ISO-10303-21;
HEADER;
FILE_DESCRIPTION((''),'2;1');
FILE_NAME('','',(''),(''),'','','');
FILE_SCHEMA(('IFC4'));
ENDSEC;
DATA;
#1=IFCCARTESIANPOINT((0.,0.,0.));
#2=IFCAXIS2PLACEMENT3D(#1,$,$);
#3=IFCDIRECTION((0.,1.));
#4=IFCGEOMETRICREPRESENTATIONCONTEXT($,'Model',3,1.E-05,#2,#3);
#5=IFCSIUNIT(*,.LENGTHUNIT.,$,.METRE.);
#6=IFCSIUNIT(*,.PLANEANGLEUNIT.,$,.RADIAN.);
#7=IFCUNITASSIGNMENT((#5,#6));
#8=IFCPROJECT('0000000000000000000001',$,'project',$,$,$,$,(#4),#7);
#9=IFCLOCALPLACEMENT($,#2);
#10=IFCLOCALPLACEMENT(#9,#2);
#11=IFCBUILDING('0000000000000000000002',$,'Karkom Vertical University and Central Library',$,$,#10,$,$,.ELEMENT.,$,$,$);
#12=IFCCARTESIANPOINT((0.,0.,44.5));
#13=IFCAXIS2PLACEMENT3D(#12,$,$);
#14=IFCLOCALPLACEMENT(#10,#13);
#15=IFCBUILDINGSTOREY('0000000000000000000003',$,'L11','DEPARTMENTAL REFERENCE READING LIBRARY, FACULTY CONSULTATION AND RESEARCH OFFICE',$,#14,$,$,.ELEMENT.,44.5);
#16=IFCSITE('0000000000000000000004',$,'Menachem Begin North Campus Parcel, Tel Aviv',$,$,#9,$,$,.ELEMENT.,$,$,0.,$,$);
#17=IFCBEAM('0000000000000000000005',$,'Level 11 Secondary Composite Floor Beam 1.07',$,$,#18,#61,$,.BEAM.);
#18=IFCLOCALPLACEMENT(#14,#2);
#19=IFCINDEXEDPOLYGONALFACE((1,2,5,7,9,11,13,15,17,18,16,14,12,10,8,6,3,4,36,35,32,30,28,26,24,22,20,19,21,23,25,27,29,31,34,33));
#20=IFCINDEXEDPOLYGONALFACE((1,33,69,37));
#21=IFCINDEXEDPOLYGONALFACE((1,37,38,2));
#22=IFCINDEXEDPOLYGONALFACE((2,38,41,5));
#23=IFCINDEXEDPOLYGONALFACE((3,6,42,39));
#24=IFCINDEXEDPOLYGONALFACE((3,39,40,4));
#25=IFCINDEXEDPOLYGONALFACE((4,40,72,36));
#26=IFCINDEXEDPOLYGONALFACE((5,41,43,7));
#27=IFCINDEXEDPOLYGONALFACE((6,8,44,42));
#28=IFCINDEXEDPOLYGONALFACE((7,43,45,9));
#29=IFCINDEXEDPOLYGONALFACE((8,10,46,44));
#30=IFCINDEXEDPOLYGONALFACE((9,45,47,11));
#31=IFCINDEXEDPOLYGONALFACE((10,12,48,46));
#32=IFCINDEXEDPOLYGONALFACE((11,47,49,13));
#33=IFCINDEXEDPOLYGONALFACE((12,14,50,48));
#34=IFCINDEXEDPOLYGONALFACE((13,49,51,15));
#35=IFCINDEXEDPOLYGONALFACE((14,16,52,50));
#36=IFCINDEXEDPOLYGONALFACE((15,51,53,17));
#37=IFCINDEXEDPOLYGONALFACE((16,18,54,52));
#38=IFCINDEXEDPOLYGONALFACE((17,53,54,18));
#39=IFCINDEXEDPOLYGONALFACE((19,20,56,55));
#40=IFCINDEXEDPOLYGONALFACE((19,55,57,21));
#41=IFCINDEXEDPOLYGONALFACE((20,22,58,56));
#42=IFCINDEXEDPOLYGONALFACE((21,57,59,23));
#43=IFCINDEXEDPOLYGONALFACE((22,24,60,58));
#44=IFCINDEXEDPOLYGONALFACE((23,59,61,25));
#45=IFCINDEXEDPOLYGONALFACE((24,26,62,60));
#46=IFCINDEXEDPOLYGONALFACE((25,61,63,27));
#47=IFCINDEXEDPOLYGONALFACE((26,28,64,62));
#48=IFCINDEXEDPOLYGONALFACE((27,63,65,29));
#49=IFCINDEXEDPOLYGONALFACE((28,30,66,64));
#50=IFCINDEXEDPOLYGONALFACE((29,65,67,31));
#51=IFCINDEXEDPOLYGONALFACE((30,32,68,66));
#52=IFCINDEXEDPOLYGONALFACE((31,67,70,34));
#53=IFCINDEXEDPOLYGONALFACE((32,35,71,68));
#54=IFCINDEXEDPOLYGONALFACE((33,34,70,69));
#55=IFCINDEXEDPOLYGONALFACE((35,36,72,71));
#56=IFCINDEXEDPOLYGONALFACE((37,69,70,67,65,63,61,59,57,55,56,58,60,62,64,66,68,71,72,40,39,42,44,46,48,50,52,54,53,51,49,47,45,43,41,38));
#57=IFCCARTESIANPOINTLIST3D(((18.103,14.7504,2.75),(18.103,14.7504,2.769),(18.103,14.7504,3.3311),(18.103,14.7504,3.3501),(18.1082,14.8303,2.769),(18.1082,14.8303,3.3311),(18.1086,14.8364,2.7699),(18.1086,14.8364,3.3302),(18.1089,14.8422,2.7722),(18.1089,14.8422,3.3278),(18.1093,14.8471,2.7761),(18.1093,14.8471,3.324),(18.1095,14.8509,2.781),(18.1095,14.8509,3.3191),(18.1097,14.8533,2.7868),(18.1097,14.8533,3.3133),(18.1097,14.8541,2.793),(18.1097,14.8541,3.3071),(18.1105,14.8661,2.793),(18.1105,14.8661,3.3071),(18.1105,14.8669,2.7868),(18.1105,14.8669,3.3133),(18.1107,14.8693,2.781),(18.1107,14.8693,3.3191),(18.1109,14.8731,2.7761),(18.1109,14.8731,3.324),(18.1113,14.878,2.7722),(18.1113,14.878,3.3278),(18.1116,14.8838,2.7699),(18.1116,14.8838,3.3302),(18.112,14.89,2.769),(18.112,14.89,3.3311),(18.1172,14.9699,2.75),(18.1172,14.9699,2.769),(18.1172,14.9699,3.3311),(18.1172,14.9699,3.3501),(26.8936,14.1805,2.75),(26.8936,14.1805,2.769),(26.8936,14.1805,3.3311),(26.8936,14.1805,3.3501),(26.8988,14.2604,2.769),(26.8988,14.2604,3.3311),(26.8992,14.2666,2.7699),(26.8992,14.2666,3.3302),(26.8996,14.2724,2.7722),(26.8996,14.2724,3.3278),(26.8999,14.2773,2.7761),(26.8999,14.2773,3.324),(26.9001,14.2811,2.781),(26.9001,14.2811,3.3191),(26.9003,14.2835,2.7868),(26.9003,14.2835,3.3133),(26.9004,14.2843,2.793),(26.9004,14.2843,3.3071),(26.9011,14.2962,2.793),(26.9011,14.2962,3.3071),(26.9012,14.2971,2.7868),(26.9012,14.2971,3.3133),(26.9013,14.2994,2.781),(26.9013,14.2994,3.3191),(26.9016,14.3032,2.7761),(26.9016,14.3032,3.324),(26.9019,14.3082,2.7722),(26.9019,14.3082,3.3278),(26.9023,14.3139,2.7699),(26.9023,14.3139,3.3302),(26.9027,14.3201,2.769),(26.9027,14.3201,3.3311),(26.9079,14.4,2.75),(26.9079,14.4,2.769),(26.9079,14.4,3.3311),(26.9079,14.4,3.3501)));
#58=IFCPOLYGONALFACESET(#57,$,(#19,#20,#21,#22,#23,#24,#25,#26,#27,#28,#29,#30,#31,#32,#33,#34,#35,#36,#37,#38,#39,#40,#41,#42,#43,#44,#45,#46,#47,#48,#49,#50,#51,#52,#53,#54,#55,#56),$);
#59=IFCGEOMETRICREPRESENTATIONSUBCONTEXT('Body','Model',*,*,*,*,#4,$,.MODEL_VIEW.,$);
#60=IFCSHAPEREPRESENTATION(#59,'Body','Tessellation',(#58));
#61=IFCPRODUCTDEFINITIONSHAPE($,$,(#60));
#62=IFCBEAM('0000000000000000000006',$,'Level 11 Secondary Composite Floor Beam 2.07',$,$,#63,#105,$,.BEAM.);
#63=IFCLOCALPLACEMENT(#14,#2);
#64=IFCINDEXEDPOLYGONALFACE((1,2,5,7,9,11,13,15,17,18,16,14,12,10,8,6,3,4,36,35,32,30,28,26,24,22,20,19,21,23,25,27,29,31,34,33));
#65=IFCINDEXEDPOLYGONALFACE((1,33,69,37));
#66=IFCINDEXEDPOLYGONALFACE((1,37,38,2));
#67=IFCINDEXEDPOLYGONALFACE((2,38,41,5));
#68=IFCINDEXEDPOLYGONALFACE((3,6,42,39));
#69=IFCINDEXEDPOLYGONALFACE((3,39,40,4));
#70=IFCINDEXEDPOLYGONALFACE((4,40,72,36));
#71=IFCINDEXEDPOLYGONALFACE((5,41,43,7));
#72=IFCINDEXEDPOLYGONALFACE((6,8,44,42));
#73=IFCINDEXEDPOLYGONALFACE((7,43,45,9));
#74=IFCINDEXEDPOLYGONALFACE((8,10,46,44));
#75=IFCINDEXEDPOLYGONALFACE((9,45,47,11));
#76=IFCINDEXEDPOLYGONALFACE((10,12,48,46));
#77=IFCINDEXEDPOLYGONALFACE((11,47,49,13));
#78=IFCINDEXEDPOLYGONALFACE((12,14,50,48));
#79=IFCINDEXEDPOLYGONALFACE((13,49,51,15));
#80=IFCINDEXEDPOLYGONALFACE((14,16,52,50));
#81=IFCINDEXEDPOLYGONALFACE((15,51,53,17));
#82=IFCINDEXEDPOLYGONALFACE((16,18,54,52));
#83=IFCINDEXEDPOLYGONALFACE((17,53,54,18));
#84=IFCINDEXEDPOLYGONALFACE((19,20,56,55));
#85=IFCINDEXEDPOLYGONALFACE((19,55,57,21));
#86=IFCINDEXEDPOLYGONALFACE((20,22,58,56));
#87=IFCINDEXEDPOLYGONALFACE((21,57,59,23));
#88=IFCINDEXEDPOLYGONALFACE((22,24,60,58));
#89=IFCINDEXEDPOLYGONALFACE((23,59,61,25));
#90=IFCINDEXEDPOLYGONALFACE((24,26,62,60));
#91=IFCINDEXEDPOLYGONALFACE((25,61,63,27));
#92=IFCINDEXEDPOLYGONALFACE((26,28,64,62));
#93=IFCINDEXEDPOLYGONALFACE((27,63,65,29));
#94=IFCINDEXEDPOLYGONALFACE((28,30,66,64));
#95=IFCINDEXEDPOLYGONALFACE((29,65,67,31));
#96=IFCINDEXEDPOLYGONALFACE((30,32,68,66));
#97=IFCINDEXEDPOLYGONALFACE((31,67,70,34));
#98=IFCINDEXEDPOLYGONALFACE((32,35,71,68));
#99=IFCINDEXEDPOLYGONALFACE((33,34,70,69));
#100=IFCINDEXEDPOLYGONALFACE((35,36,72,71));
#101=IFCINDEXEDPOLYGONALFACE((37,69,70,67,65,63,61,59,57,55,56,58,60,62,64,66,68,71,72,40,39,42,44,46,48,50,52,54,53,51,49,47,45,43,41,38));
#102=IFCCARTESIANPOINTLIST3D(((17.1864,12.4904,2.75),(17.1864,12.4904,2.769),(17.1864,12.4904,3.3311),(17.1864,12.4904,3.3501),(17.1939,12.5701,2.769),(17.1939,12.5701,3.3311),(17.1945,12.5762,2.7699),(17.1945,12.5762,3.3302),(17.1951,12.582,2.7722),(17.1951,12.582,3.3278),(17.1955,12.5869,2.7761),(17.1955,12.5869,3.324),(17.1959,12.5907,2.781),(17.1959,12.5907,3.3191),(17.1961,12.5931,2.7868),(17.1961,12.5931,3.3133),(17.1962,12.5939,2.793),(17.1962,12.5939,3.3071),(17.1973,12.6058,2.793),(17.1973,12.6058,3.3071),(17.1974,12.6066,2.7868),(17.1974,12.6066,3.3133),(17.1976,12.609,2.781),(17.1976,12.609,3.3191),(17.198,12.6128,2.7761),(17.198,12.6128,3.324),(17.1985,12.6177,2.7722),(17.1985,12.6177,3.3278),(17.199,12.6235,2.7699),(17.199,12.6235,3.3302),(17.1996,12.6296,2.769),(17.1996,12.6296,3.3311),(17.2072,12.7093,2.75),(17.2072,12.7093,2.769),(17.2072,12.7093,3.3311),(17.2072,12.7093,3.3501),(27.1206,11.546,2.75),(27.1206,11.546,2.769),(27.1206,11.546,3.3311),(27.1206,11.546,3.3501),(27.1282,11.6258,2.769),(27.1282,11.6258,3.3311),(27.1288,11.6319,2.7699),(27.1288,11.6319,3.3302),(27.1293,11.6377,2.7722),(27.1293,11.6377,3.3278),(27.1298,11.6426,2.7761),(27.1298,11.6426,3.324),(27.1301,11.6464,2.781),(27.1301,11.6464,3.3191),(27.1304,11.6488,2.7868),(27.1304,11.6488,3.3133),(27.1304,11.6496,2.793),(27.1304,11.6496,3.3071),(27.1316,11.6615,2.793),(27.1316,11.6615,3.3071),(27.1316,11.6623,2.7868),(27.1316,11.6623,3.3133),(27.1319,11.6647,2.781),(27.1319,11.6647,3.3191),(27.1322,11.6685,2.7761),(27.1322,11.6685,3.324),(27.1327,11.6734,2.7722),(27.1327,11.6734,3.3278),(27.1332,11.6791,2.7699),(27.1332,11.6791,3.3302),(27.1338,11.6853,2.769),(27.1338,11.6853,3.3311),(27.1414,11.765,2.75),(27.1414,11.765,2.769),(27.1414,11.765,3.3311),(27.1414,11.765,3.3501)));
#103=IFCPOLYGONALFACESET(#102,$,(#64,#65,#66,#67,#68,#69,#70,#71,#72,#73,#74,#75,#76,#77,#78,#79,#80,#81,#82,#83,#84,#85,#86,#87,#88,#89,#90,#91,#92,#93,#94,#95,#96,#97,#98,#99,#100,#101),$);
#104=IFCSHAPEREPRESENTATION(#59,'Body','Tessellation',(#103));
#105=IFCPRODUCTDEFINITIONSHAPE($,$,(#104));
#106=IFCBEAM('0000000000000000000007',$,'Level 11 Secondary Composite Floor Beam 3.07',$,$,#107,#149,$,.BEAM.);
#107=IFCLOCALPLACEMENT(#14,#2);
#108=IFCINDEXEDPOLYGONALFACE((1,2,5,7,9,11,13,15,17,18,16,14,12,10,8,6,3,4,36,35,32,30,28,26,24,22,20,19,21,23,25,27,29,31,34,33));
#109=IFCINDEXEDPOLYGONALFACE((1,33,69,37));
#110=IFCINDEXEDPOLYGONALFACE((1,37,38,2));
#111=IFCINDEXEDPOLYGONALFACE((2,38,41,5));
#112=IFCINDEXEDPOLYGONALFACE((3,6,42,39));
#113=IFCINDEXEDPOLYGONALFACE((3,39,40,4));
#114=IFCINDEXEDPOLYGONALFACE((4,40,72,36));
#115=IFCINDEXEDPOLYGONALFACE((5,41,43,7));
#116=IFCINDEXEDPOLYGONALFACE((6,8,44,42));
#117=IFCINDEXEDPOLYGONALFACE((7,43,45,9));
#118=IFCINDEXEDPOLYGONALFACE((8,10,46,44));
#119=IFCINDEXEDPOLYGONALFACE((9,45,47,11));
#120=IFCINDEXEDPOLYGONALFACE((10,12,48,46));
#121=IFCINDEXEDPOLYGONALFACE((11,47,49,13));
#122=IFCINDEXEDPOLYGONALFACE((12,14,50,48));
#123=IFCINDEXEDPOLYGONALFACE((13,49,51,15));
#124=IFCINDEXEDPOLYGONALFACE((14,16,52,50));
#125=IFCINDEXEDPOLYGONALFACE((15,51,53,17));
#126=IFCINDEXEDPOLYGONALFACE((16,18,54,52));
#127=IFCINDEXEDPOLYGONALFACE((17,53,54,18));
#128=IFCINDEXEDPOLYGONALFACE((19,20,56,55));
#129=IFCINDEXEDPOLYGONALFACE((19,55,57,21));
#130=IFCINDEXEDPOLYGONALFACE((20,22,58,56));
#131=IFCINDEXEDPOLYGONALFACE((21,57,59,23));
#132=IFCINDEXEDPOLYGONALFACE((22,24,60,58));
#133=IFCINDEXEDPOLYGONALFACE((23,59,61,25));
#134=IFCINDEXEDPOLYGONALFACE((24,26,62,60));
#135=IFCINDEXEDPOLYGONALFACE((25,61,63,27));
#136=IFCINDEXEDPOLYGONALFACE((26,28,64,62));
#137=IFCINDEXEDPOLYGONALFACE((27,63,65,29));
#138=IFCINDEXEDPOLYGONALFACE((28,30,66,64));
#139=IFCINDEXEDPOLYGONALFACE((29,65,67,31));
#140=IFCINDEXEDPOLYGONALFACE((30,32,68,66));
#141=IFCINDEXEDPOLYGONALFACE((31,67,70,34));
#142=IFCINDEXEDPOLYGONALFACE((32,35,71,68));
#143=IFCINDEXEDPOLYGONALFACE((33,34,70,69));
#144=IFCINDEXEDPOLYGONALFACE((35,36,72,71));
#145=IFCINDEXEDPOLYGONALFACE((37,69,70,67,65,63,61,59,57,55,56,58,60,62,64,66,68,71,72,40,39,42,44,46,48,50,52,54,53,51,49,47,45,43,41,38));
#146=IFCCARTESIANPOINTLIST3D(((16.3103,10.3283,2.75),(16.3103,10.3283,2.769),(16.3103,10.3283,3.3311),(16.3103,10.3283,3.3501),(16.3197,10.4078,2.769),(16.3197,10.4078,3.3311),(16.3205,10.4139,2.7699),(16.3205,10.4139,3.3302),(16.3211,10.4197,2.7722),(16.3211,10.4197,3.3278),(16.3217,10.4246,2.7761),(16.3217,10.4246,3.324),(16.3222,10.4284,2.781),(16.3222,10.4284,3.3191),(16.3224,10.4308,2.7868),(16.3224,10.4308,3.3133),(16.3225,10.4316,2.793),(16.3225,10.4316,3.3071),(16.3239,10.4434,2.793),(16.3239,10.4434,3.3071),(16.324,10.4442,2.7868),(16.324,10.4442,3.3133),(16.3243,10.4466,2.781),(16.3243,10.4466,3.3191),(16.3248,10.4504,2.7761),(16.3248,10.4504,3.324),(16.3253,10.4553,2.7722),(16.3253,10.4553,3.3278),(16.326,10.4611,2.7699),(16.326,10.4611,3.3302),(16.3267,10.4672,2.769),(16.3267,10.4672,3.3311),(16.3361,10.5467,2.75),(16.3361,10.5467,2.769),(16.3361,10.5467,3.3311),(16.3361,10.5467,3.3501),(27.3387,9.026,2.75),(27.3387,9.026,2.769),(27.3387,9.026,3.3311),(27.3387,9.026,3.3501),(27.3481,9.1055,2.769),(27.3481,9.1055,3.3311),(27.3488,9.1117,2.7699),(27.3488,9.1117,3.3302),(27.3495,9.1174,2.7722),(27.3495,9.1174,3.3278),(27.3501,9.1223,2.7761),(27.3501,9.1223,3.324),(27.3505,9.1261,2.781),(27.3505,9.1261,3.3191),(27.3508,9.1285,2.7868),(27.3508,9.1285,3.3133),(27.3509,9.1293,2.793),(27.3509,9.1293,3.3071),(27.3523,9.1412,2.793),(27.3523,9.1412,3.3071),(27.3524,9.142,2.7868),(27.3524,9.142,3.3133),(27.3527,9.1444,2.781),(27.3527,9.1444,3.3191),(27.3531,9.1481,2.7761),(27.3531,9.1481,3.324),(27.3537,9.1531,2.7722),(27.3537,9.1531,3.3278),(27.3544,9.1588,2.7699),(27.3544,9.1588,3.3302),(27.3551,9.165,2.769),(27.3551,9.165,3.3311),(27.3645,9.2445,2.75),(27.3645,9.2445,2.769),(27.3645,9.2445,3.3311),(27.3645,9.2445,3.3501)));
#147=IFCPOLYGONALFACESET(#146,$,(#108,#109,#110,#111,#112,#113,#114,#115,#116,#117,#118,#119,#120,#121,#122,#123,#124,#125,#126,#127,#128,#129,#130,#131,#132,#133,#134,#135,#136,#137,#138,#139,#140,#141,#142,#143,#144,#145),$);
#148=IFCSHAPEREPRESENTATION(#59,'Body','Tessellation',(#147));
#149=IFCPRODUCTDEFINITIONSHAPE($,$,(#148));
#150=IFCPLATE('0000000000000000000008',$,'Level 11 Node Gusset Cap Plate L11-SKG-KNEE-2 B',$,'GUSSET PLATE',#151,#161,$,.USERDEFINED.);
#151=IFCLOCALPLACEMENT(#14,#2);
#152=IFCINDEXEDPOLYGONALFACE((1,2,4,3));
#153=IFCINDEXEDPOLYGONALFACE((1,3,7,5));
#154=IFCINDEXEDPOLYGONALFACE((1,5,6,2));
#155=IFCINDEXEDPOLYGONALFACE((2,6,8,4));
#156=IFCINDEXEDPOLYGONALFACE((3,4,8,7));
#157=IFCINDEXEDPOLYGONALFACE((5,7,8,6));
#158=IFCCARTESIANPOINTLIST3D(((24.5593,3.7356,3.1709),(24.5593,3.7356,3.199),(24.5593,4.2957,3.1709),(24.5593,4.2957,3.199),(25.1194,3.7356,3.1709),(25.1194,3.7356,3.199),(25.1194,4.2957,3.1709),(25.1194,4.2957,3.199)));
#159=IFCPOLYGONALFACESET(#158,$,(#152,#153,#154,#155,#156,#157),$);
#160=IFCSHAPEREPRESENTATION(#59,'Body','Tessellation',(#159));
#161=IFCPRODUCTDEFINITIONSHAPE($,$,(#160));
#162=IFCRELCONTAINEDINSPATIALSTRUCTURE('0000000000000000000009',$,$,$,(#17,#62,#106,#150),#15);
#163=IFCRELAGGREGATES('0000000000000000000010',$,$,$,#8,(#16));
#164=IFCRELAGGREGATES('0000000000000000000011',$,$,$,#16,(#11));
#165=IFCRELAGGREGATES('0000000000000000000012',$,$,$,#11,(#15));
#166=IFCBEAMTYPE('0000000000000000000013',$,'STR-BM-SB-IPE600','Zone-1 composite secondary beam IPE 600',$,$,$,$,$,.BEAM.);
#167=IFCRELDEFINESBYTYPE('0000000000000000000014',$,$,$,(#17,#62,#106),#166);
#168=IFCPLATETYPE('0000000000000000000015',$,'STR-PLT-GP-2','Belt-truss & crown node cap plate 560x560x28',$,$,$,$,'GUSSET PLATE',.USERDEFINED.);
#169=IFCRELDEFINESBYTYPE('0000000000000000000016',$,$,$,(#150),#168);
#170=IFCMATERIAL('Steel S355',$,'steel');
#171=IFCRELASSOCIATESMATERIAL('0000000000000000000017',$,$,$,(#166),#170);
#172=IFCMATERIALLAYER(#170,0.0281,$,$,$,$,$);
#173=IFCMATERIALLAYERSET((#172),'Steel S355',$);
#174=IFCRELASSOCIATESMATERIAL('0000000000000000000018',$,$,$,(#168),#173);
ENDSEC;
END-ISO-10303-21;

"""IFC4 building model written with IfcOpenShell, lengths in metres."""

from ifc_helpers import new_model, si_unit, direction, frame, origin, origin_with_axes, origin_2d, place, context, subcontext, project, spatial, rectangle, i_section, extrude, source, transform, mapped, material, layer, layer_set, material_profile, profile_set, type_object, element, save


model = new_model("IFC4")

# Units and contexts
model_context = context("Model", 3, precision=1e-05, world=origin(), true_north=direction((0.0, 1.0)))
body_context = subcontext(model_context, "Body", "Model", "MODEL_VIEW")
ifc_project = project(units=[si_unit("LENGTHUNIT", "METRE"), si_unit("PLANEANGLEUNIT", "RADIAN")], contexts=[model_context])

# Site, building, storey
site_placement = place(None, origin())
site = spatial("IfcSite", under=ifc_project, at=site_placement, Name="Menachem Begin North Campus Parcel, Tel Aviv", CompositionType="ELEMENT", RefElevation=0.0)
building_placement = place(site_placement, origin())
building = spatial("IfcBuilding", under=site, at=building_placement, Name="Karkom Vertical University and Central Library", CompositionType="ELEMENT")
storey_placement = place(building_placement, frame((0.0, 0.0, 44.5)))
storey = spatial("IfcBuildingStorey", under=building, at=storey_placement, Name="L11", Description="DEPARTMENTAL REFERENCE READING LIBRARY, FACULTY CONSULTATION AND RESEARCH OFFICE", CompositionType="ELEMENT", Elevation=44.5)

# Beams
ifc_material_1 = material(Name="Steel S355", Category="steel")
ifc_material_profile = material_profile(ifc_material_1, i_section(OverallWidth=0.22, OverallDepth=0.6001, WebThickness=0.012, FlangeThickness=0.019, FilletRadius=0.0239, at=origin_2d()), Name="IPE 600")
ifc_profile_set = profile_set([ifc_material_profile], Name="Steel S355")
beam_type = type_object("IfcBeamType", Name="STR-BM-SB-IPE600", Description="Zone-1 composite secondary beam IPE 600", PredefinedType="BEAM", material=ifc_profile_set)
shared_shape_1 = source(origin_with_axes(), body_context, "Body", "SweptSolid", [
    extrude(i_section(OverallWidth=0.22, OverallDepth=0.6001, WebThickness=0.012, FlangeThickness=0.019, FilletRadius=0.0239, at=origin_2d()), origin(), (0.0, 0.0, 1.0), 8.8091),
])
beam_1_placement = place(storey_placement, frame((18.1101, 14.8601, 3.05), z_axis=(0.997906, -0.064687, 0.0), x_axis=(0.064687, 0.997906, 0.0)))
element("IfcBeam", 1, at=beam_1_placement, inside=storey, type_object=beam_type, Name="Level 11 Secondary Composite Floor Beam 1.07", PredefinedType="BEAM", context=body_context, shape_type="MappedRepresentation", body=[
    mapped(shared_shape_1, transform((0.0, 0.0, 0.0), scale=1.0)),
])
shared_shape_2 = source(origin_with_axes(), body_context, "Body", "SweptSolid", [
    extrude(i_section(OverallWidth=0.22, OverallDepth=0.6001, WebThickness=0.012, FlangeThickness=0.019, FilletRadius=0.0239, at=origin_2d()), origin(), (0.0, 0.0, 1.0), 9.979),
])
beam_2_placement = place(storey_placement, frame((17.1968, 12.5999, 3.05), z_axis=(0.995512, -0.094631, 0.0), x_axis=(0.094631, 0.995512, 0.0)))
element("IfcBeam", 2, at=beam_2_placement, inside=storey, type_object=beam_type, Name="Level 11 Secondary Composite Floor Beam 2.07", PredefinedType="BEAM", context=body_context, shape_type="MappedRepresentation", body=[
    mapped(shared_shape_2, transform((0.0, 0.0, 0.0), scale=1.0)),
])
shared_shape_3 = source(origin_with_axes(), body_context, "Body", "SweptSolid", [
    extrude(i_section(OverallWidth=0.22, OverallDepth=0.6001, WebThickness=0.012, FlangeThickness=0.019, FilletRadius=0.0239, at=origin_2d()), origin(), (0.0, 0.0, 1.0), 11.105),
])
beam_3_placement = place(storey_placement, frame((16.3232, 10.4375, 3.05), z_axis=(0.9931, -0.117267, 0.0), x_axis=(0.117267, 0.9931, 0.0)))
element("IfcBeam", 3, at=beam_3_placement, inside=storey, type_object=beam_type, Name="Level 11 Secondary Composite Floor Beam 3.07", PredefinedType="BEAM", context=body_context, shape_type="MappedRepresentation", body=[
    mapped(shared_shape_3, transform((0.0, 0.0, 0.0), scale=1.0)),
])

# Plate
ifc_layer_1 = layer(ifc_material_1, 0.0281)
ifc_layer_set_1 = layer_set([ifc_layer_1], Name="Steel S355")
plate_type = type_object("IfcPlateType", Name="STR-PLT-GP-2", Description="Belt-truss & crown node cap plate 560x560x28", ElementType="GUSSET PLATE", PredefinedType="USERDEFINED", material=ifc_layer_set_1)
shared_shape_4 = source(origin_with_axes(), body_context, "Body", "SweptSolid", [
    extrude(rectangle(XDim=0.5601, YDim=0.5601, at=origin_2d()), origin(), (0.0, 0.0, 1.0), 0.0281),
])
plate_placement = place(storey_placement, frame((24.8394, 4.0156, 3.1709), z_axis=(0.0, 0.0, 1.0), x_axis=(1.0, 0.0, 0.0)))
element("IfcPlate", 4, at=plate_placement, inside=storey, type_object=plate_type, Name="Level 11 Node Gusset Cap Plate L11-SKG-KNEE-2 B", ObjectType="GUSSET PLATE", PredefinedType="USERDEFINED", context=body_context, shape_type="MappedRepresentation", body=[
    mapped(shared_shape_4, transform((0.0, 0.0, 0.0), scale=1.0)),
])

save(model, "model.ifc")
